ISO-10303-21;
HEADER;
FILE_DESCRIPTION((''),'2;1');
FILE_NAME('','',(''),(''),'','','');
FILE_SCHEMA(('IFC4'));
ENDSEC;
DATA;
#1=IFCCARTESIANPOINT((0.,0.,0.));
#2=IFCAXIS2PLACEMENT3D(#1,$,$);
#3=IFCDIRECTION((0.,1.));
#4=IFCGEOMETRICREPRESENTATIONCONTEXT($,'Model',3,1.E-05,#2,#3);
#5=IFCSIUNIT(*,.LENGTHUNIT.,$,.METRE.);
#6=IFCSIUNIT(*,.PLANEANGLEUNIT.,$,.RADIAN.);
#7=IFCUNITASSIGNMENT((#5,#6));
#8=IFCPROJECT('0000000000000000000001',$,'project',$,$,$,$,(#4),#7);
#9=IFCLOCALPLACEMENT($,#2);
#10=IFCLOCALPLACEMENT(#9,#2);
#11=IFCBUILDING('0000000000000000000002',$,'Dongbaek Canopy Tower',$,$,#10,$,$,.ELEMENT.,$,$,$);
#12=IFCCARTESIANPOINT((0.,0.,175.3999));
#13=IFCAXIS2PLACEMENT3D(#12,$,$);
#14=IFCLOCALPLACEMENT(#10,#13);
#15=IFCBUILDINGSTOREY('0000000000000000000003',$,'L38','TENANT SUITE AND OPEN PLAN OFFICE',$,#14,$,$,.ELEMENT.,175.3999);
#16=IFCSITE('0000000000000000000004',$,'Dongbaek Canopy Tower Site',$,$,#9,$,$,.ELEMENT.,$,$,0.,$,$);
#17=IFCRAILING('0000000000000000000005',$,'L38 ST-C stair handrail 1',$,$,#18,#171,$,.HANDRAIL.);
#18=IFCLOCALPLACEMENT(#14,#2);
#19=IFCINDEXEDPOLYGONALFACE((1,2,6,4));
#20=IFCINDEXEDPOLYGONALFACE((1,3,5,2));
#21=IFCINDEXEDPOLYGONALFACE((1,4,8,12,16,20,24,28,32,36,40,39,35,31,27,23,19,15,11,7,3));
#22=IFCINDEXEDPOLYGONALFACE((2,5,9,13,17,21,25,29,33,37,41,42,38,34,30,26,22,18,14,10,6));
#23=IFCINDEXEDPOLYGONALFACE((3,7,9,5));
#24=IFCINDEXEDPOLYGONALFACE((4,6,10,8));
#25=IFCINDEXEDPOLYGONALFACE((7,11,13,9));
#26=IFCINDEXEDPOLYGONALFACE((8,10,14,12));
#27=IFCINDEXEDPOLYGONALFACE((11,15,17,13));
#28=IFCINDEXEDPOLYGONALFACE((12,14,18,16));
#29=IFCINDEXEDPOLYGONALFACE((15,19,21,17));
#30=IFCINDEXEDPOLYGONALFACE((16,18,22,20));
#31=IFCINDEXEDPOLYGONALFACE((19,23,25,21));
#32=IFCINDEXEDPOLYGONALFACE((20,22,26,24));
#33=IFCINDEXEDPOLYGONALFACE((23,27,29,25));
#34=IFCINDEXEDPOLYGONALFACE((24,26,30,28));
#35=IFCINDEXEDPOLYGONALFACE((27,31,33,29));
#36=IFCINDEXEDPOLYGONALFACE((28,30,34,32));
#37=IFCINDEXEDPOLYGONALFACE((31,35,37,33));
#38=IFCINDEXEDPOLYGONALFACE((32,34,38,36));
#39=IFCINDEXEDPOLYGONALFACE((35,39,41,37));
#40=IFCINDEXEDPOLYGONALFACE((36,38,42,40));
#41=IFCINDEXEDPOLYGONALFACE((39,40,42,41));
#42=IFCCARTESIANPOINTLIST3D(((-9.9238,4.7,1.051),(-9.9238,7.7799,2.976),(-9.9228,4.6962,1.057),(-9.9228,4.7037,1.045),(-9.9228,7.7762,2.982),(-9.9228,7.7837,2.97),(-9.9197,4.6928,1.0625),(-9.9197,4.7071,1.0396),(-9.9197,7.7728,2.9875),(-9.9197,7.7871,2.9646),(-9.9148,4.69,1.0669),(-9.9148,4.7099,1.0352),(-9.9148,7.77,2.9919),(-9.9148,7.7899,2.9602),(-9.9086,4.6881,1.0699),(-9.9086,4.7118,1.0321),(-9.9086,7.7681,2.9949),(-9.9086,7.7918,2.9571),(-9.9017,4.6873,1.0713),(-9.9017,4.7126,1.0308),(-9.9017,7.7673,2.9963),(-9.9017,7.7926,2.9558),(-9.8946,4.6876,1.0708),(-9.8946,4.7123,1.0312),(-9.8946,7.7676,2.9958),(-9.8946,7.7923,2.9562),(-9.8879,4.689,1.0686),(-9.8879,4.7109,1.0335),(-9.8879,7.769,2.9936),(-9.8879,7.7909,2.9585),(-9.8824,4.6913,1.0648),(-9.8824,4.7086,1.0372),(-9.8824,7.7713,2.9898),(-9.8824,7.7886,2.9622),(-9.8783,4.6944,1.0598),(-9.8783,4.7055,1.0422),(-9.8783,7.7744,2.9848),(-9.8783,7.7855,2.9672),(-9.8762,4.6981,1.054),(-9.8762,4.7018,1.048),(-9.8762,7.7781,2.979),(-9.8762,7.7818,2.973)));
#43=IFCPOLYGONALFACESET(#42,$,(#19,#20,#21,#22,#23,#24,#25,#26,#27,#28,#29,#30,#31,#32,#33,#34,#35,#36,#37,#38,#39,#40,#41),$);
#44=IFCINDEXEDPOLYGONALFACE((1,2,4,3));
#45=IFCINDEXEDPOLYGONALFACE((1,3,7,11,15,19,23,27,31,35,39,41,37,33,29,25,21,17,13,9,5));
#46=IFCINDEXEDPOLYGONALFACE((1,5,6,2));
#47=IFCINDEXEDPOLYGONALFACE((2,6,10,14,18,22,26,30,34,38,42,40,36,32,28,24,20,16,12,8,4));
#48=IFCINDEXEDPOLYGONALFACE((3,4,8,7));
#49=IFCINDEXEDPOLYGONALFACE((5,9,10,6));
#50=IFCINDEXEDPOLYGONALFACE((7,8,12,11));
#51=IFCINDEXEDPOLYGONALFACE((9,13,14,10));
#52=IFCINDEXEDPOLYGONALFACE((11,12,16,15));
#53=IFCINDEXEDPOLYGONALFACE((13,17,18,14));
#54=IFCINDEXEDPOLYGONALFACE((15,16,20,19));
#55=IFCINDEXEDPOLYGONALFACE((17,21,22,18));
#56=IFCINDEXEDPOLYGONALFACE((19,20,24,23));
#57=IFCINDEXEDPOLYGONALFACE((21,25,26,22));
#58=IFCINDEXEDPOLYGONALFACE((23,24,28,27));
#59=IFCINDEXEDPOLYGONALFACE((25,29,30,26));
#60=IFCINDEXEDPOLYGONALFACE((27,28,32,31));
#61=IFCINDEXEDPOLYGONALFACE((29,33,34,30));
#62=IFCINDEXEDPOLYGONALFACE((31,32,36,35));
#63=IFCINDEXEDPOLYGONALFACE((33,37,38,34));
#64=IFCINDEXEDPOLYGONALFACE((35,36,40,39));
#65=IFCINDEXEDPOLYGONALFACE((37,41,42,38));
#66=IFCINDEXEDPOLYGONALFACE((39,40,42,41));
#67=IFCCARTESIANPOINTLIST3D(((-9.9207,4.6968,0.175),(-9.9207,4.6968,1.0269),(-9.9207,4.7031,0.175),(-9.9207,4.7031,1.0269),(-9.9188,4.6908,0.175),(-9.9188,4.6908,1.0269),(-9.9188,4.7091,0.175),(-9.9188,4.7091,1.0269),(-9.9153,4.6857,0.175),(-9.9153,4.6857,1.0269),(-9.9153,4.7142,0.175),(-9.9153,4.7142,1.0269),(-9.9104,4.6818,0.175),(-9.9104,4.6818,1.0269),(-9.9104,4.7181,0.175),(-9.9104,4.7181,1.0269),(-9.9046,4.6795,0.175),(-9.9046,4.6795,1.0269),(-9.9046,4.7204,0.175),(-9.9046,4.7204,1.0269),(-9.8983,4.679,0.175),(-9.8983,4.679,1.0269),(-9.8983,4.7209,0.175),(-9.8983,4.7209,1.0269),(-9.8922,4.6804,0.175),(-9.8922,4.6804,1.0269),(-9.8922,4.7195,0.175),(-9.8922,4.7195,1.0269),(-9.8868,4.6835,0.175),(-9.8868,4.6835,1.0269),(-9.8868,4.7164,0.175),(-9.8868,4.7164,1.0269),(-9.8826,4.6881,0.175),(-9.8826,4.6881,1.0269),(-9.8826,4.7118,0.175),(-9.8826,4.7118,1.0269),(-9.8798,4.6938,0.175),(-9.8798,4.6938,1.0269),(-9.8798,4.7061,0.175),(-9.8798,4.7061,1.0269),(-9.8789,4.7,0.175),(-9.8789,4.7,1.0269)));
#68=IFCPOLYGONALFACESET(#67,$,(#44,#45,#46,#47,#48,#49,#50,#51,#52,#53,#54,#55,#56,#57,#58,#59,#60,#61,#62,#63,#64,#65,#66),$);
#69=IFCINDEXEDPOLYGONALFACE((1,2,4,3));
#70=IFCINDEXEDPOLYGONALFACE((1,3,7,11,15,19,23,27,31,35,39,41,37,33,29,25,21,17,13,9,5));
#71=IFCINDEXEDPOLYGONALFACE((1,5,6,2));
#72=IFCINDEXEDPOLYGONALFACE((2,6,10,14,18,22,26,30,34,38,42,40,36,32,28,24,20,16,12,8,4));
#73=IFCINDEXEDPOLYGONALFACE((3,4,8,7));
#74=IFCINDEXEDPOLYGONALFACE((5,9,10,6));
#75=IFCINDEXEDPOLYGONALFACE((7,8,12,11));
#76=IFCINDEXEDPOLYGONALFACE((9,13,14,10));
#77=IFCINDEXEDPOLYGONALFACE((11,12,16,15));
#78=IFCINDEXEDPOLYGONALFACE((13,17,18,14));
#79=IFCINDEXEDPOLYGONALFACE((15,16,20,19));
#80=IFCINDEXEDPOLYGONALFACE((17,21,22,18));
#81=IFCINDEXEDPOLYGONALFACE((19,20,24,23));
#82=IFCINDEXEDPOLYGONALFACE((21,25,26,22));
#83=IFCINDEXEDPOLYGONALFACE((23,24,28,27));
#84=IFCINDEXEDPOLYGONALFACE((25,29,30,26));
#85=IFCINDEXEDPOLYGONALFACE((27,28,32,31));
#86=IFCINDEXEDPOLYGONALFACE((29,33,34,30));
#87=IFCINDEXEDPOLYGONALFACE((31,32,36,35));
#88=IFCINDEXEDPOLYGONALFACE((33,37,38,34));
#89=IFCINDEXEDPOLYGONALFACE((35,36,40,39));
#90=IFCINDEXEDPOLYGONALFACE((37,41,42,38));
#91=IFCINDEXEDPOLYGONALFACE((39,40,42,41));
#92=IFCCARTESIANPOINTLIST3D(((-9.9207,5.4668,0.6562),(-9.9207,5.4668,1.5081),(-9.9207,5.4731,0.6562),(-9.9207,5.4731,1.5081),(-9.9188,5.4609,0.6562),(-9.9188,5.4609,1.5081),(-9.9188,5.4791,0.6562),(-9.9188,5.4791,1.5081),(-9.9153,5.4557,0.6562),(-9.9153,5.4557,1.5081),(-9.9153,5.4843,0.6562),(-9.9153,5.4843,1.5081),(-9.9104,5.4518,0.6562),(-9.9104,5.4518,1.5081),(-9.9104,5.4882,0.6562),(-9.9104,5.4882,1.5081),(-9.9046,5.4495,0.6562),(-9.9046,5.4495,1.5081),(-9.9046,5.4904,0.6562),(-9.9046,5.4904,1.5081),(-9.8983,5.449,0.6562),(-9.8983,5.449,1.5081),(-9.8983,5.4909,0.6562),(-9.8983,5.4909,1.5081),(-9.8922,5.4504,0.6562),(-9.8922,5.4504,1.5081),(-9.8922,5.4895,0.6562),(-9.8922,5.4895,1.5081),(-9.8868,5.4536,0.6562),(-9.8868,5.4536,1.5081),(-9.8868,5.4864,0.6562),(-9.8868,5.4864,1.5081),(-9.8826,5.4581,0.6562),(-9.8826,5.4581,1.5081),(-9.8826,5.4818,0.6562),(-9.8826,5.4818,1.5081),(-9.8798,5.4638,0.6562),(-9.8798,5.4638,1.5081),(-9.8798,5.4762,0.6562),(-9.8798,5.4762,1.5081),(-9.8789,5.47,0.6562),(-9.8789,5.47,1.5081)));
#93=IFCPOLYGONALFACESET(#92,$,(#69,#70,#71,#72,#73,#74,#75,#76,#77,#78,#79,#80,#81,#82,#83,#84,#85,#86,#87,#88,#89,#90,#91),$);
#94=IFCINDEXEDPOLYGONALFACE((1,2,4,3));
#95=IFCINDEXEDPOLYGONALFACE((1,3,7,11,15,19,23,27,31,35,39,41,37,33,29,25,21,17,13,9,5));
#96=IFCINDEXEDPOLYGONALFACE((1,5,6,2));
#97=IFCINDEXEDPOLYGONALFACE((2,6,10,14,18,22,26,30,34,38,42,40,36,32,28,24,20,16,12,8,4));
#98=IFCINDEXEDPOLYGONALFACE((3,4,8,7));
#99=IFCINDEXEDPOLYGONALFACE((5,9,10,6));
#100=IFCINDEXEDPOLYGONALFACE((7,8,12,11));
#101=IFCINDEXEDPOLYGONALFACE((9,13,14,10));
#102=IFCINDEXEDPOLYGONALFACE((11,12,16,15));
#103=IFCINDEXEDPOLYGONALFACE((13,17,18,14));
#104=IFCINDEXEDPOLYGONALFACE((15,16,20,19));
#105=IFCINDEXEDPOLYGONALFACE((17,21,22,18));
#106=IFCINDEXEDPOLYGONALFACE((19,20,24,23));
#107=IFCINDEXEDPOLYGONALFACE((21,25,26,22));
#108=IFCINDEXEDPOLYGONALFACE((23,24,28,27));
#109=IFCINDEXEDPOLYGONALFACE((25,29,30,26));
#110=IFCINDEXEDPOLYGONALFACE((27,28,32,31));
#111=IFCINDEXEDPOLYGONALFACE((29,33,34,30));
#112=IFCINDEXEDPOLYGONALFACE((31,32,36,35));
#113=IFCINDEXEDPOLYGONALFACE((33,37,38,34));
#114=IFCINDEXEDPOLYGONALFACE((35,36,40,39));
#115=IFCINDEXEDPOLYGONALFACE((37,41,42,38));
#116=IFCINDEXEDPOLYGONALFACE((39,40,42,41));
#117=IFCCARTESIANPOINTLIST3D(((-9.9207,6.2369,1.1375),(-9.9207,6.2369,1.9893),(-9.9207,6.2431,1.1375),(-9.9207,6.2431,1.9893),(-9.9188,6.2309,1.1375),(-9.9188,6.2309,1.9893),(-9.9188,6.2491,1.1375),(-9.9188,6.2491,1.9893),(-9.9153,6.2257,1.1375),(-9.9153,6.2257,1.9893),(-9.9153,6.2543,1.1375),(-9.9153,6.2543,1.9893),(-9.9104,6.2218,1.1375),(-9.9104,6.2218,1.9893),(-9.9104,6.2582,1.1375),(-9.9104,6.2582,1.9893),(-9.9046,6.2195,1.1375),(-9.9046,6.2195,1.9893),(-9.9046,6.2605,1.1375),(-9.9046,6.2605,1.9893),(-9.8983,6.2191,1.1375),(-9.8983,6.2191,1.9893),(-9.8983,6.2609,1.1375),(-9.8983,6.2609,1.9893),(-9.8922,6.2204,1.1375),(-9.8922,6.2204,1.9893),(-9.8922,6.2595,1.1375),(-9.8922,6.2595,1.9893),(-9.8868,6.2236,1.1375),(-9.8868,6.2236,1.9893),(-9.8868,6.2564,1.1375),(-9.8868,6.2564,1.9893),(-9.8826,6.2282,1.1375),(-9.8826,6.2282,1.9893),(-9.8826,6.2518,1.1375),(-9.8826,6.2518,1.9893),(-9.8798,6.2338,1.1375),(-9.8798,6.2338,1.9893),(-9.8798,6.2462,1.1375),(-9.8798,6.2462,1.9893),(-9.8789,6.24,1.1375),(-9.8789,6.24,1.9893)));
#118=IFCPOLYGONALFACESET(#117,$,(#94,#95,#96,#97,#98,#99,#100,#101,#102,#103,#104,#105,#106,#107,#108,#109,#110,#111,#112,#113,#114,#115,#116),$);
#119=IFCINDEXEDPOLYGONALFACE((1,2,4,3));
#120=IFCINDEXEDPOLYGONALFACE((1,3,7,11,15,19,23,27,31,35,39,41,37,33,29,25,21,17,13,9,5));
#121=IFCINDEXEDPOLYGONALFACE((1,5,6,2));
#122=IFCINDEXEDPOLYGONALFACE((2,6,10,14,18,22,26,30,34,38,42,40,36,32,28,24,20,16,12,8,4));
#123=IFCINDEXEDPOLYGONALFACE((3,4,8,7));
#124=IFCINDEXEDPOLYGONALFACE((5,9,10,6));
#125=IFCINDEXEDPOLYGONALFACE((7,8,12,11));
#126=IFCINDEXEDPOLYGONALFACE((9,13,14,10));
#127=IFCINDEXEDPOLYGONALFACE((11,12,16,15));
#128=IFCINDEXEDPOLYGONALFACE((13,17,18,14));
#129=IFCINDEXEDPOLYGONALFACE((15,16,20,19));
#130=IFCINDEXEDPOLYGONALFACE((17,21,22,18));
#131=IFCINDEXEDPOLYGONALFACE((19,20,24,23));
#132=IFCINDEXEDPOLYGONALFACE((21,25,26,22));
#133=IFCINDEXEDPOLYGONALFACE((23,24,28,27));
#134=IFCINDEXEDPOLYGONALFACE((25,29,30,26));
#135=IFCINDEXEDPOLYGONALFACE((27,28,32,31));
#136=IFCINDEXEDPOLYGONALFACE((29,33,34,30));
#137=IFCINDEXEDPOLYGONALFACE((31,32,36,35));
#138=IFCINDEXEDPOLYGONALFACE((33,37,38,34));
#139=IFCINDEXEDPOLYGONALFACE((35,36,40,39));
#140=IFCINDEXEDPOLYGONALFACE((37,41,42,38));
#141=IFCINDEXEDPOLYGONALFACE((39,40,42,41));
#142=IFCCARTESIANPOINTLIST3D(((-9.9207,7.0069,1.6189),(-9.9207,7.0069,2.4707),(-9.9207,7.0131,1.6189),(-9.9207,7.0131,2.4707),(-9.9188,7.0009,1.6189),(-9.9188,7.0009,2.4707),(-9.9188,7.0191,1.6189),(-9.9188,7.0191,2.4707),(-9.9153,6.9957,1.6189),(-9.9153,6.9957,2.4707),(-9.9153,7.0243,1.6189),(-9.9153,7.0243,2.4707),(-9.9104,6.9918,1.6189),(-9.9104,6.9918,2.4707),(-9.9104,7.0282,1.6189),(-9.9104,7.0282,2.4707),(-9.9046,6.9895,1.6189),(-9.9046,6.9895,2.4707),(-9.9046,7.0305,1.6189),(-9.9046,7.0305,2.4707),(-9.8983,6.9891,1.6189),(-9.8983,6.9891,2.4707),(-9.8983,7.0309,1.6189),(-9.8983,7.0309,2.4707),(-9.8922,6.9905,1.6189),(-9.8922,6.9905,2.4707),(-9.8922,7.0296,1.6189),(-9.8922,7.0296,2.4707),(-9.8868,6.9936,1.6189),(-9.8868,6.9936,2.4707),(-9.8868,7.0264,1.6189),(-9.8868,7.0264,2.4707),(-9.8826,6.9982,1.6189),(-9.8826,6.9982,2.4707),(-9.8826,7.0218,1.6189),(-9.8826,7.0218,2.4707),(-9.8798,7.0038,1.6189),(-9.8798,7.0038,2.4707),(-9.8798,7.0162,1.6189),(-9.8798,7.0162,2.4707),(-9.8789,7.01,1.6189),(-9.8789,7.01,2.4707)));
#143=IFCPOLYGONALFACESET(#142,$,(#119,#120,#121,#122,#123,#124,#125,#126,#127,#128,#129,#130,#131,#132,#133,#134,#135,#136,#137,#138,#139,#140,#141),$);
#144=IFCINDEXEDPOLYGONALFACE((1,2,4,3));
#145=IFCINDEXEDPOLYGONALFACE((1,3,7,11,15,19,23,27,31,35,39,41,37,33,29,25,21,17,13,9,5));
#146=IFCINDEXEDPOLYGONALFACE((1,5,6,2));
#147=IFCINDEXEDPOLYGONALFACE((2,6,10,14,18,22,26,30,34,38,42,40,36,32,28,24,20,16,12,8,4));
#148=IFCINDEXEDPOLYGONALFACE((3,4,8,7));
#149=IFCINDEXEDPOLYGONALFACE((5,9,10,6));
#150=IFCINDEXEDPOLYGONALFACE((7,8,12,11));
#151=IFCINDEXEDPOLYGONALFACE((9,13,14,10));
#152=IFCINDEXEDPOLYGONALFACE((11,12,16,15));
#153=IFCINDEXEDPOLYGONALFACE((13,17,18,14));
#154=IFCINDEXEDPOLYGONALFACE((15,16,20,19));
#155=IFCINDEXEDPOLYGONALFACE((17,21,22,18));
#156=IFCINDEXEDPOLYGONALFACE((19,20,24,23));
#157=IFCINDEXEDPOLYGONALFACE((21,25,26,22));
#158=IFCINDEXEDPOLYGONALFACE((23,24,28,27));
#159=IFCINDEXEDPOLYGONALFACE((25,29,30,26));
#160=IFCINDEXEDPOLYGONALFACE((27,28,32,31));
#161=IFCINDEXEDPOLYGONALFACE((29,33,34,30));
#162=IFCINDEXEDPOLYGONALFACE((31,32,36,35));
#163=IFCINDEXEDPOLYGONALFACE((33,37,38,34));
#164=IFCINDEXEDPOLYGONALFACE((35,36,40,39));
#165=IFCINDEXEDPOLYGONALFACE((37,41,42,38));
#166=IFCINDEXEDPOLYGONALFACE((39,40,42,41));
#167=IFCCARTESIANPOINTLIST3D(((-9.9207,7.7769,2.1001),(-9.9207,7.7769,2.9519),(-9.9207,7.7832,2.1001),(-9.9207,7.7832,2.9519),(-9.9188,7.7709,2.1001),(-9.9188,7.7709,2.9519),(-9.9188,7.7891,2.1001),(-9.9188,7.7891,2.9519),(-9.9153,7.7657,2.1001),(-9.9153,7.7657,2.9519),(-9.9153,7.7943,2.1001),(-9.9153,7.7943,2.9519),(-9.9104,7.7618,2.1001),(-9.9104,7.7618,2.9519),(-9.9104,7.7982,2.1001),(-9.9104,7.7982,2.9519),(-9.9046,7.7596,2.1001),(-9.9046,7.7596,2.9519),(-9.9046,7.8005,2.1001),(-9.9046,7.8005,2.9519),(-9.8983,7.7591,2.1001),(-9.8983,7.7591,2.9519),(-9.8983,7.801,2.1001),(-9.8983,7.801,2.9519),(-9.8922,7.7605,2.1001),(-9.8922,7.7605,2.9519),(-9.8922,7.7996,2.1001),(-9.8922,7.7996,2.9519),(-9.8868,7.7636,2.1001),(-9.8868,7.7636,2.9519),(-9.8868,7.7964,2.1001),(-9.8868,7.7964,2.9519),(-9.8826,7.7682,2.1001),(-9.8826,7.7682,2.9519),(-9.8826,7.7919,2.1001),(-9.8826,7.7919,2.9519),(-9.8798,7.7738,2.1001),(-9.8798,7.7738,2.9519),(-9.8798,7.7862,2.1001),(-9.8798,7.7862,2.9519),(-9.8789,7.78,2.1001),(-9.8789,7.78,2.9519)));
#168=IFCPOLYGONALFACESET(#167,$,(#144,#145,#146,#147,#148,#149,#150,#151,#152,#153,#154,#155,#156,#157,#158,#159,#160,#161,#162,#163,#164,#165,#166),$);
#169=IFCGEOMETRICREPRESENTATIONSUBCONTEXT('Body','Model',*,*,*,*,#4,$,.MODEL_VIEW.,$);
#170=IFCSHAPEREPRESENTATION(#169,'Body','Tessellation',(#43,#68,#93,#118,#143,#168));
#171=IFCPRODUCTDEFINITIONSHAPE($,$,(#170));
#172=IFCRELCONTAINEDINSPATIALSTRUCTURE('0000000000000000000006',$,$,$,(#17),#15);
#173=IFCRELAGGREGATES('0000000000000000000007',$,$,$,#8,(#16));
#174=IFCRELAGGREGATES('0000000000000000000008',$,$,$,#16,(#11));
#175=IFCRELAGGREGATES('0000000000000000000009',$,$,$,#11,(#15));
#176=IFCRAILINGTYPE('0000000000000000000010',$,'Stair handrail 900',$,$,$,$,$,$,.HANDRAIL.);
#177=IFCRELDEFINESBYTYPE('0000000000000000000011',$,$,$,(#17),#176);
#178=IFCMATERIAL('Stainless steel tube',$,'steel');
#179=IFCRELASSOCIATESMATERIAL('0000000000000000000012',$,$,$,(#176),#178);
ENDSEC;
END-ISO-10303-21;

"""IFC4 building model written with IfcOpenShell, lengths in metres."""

from ifc_helpers import new_model, si_unit, direction, frame, origin, origin_2d, place, context, subcontext, project, spatial, circle, extrude, material, type_object, element, save


model = new_model("IFC4")

# Units and contexts
model_context = context("Model", 3, precision=1e-05, world=origin(), true_north=direction((0.0, 1.0)))
body_context = subcontext(model_context, "Body", "Model", "MODEL_VIEW")
ifc_project = project(units=[si_unit("LENGTHUNIT", "METRE"), si_unit("PLANEANGLEUNIT", "RADIAN")], contexts=[model_context])

# Site, building, storey
site_placement = place(None, origin())
site = spatial("IfcSite", under=ifc_project, at=site_placement, Name="Dongbaek Canopy Tower Site", CompositionType="ELEMENT", RefElevation=0.0)
building_placement = place(site_placement, origin())
building = spatial("IfcBuilding", under=site, at=building_placement, Name="Dongbaek Canopy Tower", CompositionType="ELEMENT")
storey_placement = place(building_placement, frame((0.0, 0.0, 175.3999)))
storey = spatial("IfcBuildingStorey", under=building, at=storey_placement, Name="L38", Description="TENANT SUITE AND OPEN PLAN OFFICE", CompositionType="ELEMENT", Elevation=175.3999)

# Railing
ifc_material_1 = material(Name="Stainless steel tube", Category="steel")
railing_type_1 = type_object("IfcRailingType", Name="Stair handrail 900", PredefinedType="HANDRAIL", material=ifc_material_1)
railing_1_placement = place(storey_placement, frame((-9.8999, 4.7, 0.175)))
element("IfcRailing", 1, at=railing_1_placement, inside=storey, type_object=railing_type_1, Name="L38 ST-C stair handrail 1", PredefinedType="HANDRAIL", context=body_context, shape_type="SweptSolid", body=[
    extrude(circle(Radius=0.0239, at=origin_2d()), frame((0.0, 0.0, 0.876), z_axis=(0.0, 0.847998, 0.529999), x_axis=(-1.0, 0.0, 0.0)), (0.0, 0.0, 1.0), 3.6321),
    extrude(circle(Radius=0.021, at=origin_2d()), origin(), (0.0, 0.0, 1.0), 0.8518),
    extrude(circle(Radius=0.021, at=origin_2d()), frame((0.0, 0.77, 0.4812)), (0.0, 0.0, 1.0), 0.8518),
    extrude(circle(Radius=0.021, at=origin_2d()), frame((0.0, 1.54, 0.9624)), (0.0, 0.0, 1.0), 0.8518),
    extrude(circle(Radius=0.021, at=origin_2d()), frame((0.0, 2.3101, 1.4438)), (0.0, 0.0, 1.0), 0.8518),
    extrude(circle(Radius=0.021, at=origin_2d()), frame((0.0, 3.0801, 1.925)), (0.0, 0.0, 1.0), 0.8518),
])

save(model, "model.ifc")
